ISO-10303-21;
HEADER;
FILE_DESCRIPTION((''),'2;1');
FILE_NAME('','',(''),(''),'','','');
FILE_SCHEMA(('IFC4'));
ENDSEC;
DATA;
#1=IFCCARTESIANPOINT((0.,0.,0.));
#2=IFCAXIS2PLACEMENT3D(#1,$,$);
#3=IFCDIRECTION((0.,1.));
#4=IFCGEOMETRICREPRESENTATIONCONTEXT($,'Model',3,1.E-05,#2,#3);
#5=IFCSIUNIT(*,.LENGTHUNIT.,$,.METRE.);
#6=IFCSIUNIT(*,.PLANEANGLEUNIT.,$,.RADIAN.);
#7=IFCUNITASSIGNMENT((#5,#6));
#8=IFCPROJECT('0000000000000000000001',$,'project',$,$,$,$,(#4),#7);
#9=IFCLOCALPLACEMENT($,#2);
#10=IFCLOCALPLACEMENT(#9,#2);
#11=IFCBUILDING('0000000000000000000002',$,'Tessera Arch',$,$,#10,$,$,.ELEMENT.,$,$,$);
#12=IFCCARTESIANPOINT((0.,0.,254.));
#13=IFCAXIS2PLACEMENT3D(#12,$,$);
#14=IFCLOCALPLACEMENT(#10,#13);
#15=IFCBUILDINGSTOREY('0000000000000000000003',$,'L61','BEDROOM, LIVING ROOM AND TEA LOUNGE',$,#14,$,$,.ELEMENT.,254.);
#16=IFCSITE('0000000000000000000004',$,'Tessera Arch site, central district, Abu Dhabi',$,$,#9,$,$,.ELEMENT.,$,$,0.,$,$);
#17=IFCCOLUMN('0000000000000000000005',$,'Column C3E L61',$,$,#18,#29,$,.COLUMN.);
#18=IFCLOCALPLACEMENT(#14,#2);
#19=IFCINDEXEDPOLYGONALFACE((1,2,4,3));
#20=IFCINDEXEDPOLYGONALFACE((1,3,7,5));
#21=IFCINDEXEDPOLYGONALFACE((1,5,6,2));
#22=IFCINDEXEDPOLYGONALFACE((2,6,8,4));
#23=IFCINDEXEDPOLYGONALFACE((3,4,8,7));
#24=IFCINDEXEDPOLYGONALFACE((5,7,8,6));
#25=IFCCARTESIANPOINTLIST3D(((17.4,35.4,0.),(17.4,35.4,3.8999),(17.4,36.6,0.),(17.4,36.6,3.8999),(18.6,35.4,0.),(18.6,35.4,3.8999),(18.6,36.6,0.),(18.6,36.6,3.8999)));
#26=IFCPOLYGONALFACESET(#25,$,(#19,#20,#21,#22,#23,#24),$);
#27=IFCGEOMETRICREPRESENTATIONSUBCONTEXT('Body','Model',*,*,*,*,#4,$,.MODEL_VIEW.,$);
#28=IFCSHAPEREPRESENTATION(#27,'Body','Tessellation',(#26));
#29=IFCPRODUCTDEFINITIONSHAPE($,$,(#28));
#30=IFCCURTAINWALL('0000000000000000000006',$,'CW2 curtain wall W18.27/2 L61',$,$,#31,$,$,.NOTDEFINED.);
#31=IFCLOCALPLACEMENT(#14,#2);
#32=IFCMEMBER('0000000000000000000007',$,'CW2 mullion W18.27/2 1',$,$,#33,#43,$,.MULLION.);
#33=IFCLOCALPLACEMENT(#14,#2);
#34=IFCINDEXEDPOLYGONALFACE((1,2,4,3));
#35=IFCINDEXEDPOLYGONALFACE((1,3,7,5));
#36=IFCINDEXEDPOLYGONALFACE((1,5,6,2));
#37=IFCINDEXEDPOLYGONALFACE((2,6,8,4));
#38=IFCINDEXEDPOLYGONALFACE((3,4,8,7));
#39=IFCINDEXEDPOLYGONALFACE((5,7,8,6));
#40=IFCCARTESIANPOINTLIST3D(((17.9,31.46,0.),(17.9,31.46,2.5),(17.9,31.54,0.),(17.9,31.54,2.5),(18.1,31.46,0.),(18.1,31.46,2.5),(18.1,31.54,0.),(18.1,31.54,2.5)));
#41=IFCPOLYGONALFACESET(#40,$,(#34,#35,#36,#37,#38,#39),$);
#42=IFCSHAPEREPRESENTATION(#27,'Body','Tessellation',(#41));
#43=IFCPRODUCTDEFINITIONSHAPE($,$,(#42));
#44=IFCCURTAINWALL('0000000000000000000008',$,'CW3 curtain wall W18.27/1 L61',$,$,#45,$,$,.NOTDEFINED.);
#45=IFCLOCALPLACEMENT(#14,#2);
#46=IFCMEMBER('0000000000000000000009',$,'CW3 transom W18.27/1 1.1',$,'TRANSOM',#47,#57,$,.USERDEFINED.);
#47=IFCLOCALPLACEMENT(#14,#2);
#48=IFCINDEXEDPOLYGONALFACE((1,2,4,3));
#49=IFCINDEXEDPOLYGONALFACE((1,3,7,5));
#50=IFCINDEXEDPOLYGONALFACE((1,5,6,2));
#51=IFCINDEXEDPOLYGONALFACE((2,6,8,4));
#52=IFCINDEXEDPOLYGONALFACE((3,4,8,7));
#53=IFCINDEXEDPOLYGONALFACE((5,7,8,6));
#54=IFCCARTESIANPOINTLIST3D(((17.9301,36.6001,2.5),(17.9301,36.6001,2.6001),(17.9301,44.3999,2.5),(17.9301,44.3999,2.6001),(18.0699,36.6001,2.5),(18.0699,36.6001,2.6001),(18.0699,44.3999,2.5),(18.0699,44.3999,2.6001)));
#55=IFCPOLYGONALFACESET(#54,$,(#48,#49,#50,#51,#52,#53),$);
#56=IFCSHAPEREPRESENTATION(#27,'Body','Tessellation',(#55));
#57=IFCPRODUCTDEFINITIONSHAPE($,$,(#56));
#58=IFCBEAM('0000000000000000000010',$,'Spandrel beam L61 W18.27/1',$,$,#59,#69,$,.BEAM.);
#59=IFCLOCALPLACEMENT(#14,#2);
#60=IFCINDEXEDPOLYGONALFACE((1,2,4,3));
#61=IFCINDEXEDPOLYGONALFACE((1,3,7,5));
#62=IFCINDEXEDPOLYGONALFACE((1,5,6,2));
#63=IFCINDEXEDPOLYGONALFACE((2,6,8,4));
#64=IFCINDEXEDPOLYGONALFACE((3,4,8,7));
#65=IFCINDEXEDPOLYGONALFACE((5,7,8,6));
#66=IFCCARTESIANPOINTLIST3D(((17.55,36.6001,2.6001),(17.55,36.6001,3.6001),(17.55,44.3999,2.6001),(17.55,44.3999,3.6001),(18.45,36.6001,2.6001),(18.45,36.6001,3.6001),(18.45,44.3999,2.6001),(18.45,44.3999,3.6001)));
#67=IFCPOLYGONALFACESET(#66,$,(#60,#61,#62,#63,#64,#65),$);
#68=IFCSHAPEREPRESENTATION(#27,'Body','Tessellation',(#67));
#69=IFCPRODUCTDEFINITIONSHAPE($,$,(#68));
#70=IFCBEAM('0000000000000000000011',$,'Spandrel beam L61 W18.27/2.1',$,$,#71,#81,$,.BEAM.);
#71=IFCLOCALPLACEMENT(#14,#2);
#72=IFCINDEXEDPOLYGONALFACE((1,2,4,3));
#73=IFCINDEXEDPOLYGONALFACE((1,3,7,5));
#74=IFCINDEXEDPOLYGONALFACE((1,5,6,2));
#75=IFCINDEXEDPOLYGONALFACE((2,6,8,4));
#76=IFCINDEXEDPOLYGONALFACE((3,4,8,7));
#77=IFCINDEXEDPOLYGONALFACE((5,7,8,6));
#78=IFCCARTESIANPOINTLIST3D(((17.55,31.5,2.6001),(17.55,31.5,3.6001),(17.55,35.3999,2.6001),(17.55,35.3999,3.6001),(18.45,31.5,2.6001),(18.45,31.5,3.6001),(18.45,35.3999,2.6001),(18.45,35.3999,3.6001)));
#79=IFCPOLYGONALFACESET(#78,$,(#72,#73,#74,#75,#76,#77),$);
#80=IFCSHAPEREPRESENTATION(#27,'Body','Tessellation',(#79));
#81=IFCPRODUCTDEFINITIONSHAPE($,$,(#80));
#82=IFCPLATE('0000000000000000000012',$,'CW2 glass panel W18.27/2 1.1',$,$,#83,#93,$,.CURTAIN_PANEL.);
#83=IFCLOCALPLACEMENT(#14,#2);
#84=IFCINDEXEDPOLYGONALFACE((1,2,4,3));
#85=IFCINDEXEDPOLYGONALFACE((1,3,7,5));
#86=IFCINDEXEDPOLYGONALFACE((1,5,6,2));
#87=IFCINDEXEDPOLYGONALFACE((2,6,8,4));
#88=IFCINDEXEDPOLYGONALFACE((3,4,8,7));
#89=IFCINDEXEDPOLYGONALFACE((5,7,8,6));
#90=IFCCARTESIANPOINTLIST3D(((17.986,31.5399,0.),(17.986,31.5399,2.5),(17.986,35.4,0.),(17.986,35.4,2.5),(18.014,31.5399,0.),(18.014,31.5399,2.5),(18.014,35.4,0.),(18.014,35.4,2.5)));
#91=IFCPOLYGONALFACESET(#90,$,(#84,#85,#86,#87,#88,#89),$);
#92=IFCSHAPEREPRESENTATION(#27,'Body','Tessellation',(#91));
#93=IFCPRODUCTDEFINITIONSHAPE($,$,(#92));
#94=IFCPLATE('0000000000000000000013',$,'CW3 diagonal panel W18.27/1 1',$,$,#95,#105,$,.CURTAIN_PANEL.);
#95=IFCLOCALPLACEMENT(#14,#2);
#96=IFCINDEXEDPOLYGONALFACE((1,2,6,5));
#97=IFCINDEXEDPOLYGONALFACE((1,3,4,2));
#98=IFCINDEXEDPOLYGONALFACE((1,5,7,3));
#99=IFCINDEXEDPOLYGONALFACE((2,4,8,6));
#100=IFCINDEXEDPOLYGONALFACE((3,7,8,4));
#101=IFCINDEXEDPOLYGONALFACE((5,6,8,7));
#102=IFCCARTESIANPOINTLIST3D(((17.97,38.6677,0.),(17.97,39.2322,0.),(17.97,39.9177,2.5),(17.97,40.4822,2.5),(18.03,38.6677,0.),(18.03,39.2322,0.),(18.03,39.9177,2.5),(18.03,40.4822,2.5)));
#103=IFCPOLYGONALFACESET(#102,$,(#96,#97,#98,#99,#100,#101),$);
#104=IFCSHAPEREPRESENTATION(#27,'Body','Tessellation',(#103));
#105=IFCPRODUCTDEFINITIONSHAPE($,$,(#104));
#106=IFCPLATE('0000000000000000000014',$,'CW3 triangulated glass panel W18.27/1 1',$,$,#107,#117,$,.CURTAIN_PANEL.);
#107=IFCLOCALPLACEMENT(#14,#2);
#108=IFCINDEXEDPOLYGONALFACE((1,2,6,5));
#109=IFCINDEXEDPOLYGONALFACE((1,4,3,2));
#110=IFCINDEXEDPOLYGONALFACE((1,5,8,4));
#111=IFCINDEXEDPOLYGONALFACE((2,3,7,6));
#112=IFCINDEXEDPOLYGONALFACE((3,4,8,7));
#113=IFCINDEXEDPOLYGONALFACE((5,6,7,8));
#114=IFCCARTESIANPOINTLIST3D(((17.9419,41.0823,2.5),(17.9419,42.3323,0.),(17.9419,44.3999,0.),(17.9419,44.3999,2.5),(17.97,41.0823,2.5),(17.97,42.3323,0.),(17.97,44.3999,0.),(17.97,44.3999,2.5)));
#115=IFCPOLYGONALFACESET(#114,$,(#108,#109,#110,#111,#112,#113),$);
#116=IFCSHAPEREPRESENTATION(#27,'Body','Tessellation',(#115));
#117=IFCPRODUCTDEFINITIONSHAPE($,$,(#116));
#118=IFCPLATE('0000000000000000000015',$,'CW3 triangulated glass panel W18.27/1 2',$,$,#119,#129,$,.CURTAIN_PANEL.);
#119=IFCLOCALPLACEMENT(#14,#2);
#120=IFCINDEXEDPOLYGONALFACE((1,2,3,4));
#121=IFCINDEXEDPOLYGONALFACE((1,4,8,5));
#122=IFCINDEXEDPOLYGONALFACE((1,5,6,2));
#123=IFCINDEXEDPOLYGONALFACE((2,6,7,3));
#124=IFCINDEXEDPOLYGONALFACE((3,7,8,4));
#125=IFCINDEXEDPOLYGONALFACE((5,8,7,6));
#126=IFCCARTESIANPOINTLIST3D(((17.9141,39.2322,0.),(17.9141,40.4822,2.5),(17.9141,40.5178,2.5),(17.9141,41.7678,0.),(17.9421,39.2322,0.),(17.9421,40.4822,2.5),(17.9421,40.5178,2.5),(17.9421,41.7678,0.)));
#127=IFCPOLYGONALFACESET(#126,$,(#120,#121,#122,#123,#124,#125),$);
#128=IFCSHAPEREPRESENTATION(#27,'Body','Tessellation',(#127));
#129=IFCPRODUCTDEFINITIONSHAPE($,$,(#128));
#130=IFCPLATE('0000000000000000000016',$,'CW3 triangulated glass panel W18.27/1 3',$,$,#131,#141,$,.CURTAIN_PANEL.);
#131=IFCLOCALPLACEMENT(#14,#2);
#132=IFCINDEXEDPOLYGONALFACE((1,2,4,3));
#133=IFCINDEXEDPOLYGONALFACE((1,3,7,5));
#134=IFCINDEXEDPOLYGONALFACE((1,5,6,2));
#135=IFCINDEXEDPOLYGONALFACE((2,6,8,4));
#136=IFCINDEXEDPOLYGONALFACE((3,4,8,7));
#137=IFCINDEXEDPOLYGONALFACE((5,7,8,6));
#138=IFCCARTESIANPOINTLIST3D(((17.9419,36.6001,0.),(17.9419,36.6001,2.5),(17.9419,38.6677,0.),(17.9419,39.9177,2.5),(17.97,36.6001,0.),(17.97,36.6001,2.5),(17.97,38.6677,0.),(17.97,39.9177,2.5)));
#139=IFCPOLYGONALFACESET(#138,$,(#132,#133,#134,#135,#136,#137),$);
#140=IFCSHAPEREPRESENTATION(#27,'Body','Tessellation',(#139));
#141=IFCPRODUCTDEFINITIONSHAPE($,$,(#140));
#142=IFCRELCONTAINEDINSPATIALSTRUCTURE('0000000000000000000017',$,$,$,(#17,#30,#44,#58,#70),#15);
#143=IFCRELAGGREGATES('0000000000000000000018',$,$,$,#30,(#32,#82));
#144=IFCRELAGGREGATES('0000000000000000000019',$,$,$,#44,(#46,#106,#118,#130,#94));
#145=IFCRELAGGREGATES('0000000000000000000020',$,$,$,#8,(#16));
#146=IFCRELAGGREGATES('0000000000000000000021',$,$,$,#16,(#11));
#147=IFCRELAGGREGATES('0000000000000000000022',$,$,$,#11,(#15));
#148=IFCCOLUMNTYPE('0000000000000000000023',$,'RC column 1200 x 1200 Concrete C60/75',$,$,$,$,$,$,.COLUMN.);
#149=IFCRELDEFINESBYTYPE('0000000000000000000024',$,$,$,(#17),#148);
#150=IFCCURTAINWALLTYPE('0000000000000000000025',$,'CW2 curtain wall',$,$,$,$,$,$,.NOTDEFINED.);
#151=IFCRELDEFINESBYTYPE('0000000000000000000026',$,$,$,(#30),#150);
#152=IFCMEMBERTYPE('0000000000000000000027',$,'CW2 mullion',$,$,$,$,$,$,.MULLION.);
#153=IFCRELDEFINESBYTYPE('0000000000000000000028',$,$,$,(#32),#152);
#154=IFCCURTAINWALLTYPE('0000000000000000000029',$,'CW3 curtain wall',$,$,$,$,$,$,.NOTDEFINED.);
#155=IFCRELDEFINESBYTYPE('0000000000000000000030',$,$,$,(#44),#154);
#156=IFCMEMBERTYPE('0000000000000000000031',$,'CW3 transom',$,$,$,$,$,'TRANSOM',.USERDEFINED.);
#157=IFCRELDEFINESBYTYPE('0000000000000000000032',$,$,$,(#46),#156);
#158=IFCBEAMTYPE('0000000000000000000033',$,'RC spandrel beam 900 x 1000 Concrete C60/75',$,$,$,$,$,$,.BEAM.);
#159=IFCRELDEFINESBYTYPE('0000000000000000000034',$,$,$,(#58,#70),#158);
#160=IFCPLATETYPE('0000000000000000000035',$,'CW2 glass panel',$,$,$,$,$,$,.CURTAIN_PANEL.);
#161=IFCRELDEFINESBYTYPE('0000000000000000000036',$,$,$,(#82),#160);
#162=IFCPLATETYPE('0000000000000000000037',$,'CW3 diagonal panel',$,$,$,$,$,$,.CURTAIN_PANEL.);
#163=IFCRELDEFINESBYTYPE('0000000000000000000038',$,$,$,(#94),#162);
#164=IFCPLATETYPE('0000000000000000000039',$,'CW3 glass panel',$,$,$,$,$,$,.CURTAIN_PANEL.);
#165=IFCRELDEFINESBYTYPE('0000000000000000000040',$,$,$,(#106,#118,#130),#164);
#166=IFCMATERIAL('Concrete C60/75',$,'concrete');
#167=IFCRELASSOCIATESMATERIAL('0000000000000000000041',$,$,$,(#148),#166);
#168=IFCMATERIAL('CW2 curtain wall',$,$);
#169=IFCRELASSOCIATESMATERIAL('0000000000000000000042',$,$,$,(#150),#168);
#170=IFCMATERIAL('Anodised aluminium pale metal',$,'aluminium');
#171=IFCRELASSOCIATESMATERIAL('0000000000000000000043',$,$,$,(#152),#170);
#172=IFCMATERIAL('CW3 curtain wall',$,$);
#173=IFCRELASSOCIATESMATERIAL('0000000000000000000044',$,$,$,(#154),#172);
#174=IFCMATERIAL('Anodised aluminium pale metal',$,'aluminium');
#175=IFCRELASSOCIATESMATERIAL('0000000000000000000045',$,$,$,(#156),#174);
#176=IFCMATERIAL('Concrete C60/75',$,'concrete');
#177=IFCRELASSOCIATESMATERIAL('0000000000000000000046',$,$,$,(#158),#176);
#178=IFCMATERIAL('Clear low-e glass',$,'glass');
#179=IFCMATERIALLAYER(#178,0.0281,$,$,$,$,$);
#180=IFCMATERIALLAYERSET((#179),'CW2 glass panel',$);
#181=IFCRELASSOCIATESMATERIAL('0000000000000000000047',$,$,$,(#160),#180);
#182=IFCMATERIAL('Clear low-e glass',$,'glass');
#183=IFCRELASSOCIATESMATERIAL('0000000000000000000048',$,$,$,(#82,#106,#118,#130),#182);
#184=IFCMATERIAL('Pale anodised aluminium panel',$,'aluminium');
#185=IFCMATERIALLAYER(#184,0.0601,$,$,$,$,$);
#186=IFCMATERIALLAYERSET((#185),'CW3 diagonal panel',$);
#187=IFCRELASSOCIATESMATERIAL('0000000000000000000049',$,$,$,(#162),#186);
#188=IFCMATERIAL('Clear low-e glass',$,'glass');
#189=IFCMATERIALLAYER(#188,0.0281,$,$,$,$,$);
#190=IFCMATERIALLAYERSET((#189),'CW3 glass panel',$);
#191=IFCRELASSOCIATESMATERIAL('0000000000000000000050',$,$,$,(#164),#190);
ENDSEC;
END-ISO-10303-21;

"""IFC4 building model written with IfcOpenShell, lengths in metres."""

from ifc_helpers import new_model, si_unit, direction, frame, origin, origin_2d, place, context, subcontext, project, spatial, polyline, rectangle, outline, extrude, material, layer, layer_set, material_profile, profile_set, type_object, element, aggregate, save


model = new_model("IFC4")

# Units and contexts
model_context = context("Model", 3, precision=1e-05, world=origin(), true_north=direction((0.0, 1.0)))
body_context = subcontext(model_context, "Body", "Model", "MODEL_VIEW")
ifc_project = project(units=[si_unit("LENGTHUNIT", "METRE"), si_unit("PLANEANGLEUNIT", "RADIAN")], contexts=[model_context])

# Site, building, storey
site_placement = place(None, origin())
site = spatial("IfcSite", under=ifc_project, at=site_placement, Name="Tessera Arch site, central district, Abu Dhabi", CompositionType="ELEMENT", RefElevation=0.0)
building_placement = place(site_placement, origin())
building = spatial("IfcBuilding", under=site, at=building_placement, Name="Tessera Arch", CompositionType="ELEMENT")
storey_placement = place(building_placement, frame((0.0, 0.0, 254.0)))
storey = spatial("IfcBuildingStorey", under=building, at=storey_placement, Name="L61", Description="BEDROOM, LIVING ROOM AND TEA LOUNGE", CompositionType="ELEMENT", Elevation=254.0)

# Column
ifc_material_1 = material(Name="Concrete C60/75", Category="concrete")
ifc_material_profile_1 = material_profile(ifc_material_1, rectangle(XDim=1.2, YDim=1.2, at=origin_2d()), Name="RC column 1200 x 1200 Concrete C60/75")
ifc_profile_set_1 = profile_set([ifc_material_profile_1], Name="Concrete C60/75")
column_type = type_object("IfcColumnType", Name="RC column 1200 x 1200 Concrete C60/75", PredefinedType="COLUMN", material=ifc_profile_set_1)
column_placement = place(storey_placement, frame((18.0, 36.0, 0.0), z_axis=(0.0, 0.0, 1.0), x_axis=(1.0, 0.0, 0.0)))
element("IfcColumn", 1, at=column_placement, inside=storey, type_object=column_type, Name="Column C3E L61", PredefinedType="COLUMN", context=body_context, shape_type="SweptSolid", body=[
    extrude(rectangle(XDim=1.2, YDim=1.2, at=origin_2d()), origin(), (0.0, 0.0, 1.0), 3.8999),
])

# Curtain walls, members
ifc_material_2 = material(Name="CW2 curtain wall")
curtain_wall_type_1 = type_object("IfcCurtainWallType", Name="CW2 curtain wall", PredefinedType="NOTDEFINED", material=ifc_material_2)
curtain_wall_1_placement = place(storey_placement, origin())
curtain_wall_1 = element("IfcCurtainWall", 2, at=curtain_wall_1_placement, inside=storey, type_object=curtain_wall_type_1, Name="CW2 curtain wall W18.27/2 L61", PredefinedType="NOTDEFINED")
ifc_material_3 = material(Name="Anodised aluminium pale metal", Category="aluminium")
ifc_material_profile_2 = material_profile(ifc_material_3, rectangle(XDim=0.2, YDim=0.0801, at=origin_2d()), Name="AL 80x200")
ifc_profile_set_2 = profile_set([ifc_material_profile_2], Name="Anodised aluminium pale metal")
member_type_1 = type_object("IfcMemberType", Name="CW2 mullion", PredefinedType="MULLION", material=ifc_profile_set_2)
member_1_placement = place(storey_placement, frame((18.0, 31.5, 0.0), z_axis=(0.0, 0.0, 1.0), x_axis=(1.0, 0.0, 0.0)))
member_1 = element("IfcMember", 3, at=member_1_placement, type_object=member_type_1, Name="CW2 mullion W18.27/2 1", PredefinedType="MULLION", context=body_context, shape_type="SweptSolid", body=[
    extrude(rectangle(XDim=0.2, YDim=0.0801, at=origin_2d()), origin(), (0.0, 0.0, 1.0), 2.5),
])
ifc_material_4 = material(Name="CW3 curtain wall")
curtain_wall_type_2 = type_object("IfcCurtainWallType", Name="CW3 curtain wall", PredefinedType="NOTDEFINED", material=ifc_material_4)
curtain_wall_2_placement = place(storey_placement, origin())
curtain_wall_2 = element("IfcCurtainWall", 4, at=curtain_wall_2_placement, inside=storey, type_object=curtain_wall_type_2, Name="CW3 curtain wall W18.27/1 L61", PredefinedType="NOTDEFINED")
ifc_material_5 = material(Name="Anodised aluminium pale metal", Category="aluminium")
ifc_material_profile_3 = material_profile(ifc_material_5, rectangle(XDim=0.1399, YDim=0.1001, at=origin_2d()), Name="AL 140x100")
ifc_profile_set_3 = profile_set([ifc_material_profile_3], Name="Anodised aluminium pale metal")
member_type_2 = type_object("IfcMemberType", Name="CW3 transom", ElementType="TRANSOM", PredefinedType="USERDEFINED", material=ifc_profile_set_3)
member_2_placement = place(storey_placement, frame((18.0, 44.3999, 2.55), z_axis=(0.0, -1.0, 0.0), x_axis=(1.0, 0.0, 0.0)))
member_2 = element("IfcMember", 5, at=member_2_placement, type_object=member_type_2, Name="CW3 transom W18.27/1 1.1", ObjectType="TRANSOM", PredefinedType="USERDEFINED", context=body_context, shape_type="SweptSolid", body=[
    extrude(rectangle(XDim=0.1399, YDim=0.1001, at=origin_2d()), origin(), (0.0, 0.0, 1.0), 7.7998),
])

# Beams
ifc_material_6 = material(Name="Concrete C60/75", Category="concrete")
ifc_material_profile_4 = material_profile(ifc_material_6, rectangle(XDim=0.8999, YDim=1.0, at=origin_2d()), Name="RC spandrel beam 900 x 1000 Concrete C60/75")
ifc_profile_set_4 = profile_set([ifc_material_profile_4], Name="Concrete C60/75")
beam_type = type_object("IfcBeamType", Name="RC spandrel beam 900 x 1000 Concrete C60/75", PredefinedType="BEAM", material=ifc_profile_set_4)
beam_1_placement = place(storey_placement, frame((18.0, 44.3999, 3.1001), z_axis=(0.0, -1.0, 0.0), x_axis=(1.0, 0.0, 0.0)))
element("IfcBeam", 6, at=beam_1_placement, inside=storey, type_object=beam_type, Name="Spandrel beam L61 W18.27/1", PredefinedType="BEAM", context=body_context, shape_type="SweptSolid", body=[
    extrude(rectangle(XDim=0.8999, YDim=1.0, at=origin_2d()), origin(), (0.0, 0.0, 1.0), 7.7998),
])
beam_2_placement = place(storey_placement, frame((18.0, 35.3999, 3.1001), z_axis=(0.0, -1.0, 0.0), x_axis=(1.0, 0.0, 0.0)))
element("IfcBeam", 7, at=beam_2_placement, inside=storey, type_object=beam_type, Name="Spandrel beam L61 W18.27/2.1", PredefinedType="BEAM", context=body_context, shape_type="SweptSolid", body=[
    extrude(rectangle(XDim=0.8999, YDim=1.0, at=origin_2d()), origin(), (0.0, 0.0, 1.0), 3.8999),
])

# Plates
ifc_material_7 = material(Name="Clear low-e glass", Category="glass")
ifc_material_8 = material(Name="Clear low-e glass", Category="glass")
ifc_layer_1 = layer(ifc_material_8, 0.0281)
ifc_layer_set_1 = layer_set([ifc_layer_1], Name="CW2 glass panel")
plate_type_1 = type_object("IfcPlateType", Name="CW2 glass panel", PredefinedType="CURTAIN_PANEL", material=ifc_layer_set_1)
plate_1_placement = place(storey_placement, frame((18.0, 33.47, 0.0), z_axis=(0.0, 0.0, 1.0), x_axis=(0.0, -1.0, 0.0)))
plate_1 = element("IfcPlate", 8, at=plate_1_placement, type_object=plate_type_1, material=ifc_material_7, Name="CW2 glass panel W18.27/2 1.1", PredefinedType="CURTAIN_PANEL", context=body_context, shape_type="SweptSolid", body=[
    extrude(rectangle(XDim=3.8601, YDim=0.0281, at=origin_2d()), origin(), (0.0, 0.0, 1.0), 2.5),
])
aggregate(curtain_wall_1, [member_1, plate_1])
ifc_material_9 = material(Name="Pale anodised aluminium panel", Category="aluminium")
ifc_layer_2 = layer(ifc_material_9, 0.0601)
ifc_layer_set_2 = layer_set([ifc_layer_2], Name="CW3 diagonal panel")
plate_type_2 = type_object("IfcPlateType", Name="CW3 diagonal panel", PredefinedType="CURTAIN_PANEL", material=ifc_layer_set_2)
plate_2_placement = place(storey_placement, frame((17.97, 39.9177, 2.5), z_axis=(-1.0, 0.0, 0.0), x_axis=(0.0, 1.0, 0.0)))
plate_2 = element("IfcPlate", 9, at=plate_2_placement, type_object=plate_type_2, Name="CW3 diagonal panel W18.27/1 1", PredefinedType="CURTAIN_PANEL", context=body_context, shape_type="SweptSolid", body=[
    extrude(outline(polyline([(0.0, 0.0), (0.5645, 0.0), (-0.6855, 2.5), (-1.25, 2.5), (0.0, 0.0)])), origin(), (0.0, 0.0, -1.0), 0.0601),
])
ifc_material_10 = material(Name="Clear low-e glass", Category="glass")
ifc_layer_3 = layer(ifc_material_10, 0.0281)
ifc_layer_set_3 = layer_set([ifc_layer_3], Name="CW3 glass panel")
plate_type_3 = type_object("IfcPlateType", Name="CW3 glass panel", PredefinedType="CURTAIN_PANEL", material=ifc_layer_set_3)
plate_3_placement = place(storey_placement, frame((17.9419, 44.3999, 0.0), z_axis=(-1.0, 0.0, 0.0), x_axis=(0.0, -1.0, 0.0)))
plate_3 = element("IfcPlate", 10, at=plate_3_placement, type_object=plate_type_3, material=ifc_material_7, Name="CW3 triangulated glass panel W18.27/1 1", PredefinedType="CURTAIN_PANEL", context=body_context, shape_type="SweptSolid", body=[
    extrude(outline(polyline([(0.0, 0.0), (2.0676, 0.0), (3.3176, 2.5), (0.0, 2.5), (0.0, 0.0)])), origin(), (0.0, 0.0, -1.0), 0.0281),
])
plate_4_placement = place(storey_placement, frame((17.9141, 40.4822, 2.5), z_axis=(-1.0, 0.0, 0.0), x_axis=(0.0, 1.0, 0.0)))
plate_4 = element("IfcPlate", 11, at=plate_4_placement, type_object=plate_type_3, material=ifc_material_7, Name="CW3 triangulated glass panel W18.27/1 2", PredefinedType="CURTAIN_PANEL", context=body_context, shape_type="SweptSolid", body=[
    extrude(outline(polyline([(0.0, 0.0), (0.0356, 0.0), (1.2856, 2.5), (-1.25, 2.5), (0.0, 0.0)])), origin(), (0.0, 0.0, -1.0), 0.0281),
])
plate_5_placement = place(storey_placement, frame((17.9419, 36.6001, 2.5), z_axis=(-1.0, 0.0, 0.0), x_axis=(0.0, 1.0, 0.0)))
plate_5 = element("IfcPlate", 12, at=plate_5_placement, type_object=plate_type_3, material=ifc_material_7, Name="CW3 triangulated glass panel W18.27/1 3", PredefinedType="CURTAIN_PANEL", context=body_context, shape_type="SweptSolid", body=[
    extrude(outline(polyline([(0.0, 0.0), (3.3176, 0.0), (2.0676, 2.5), (0.0, 2.5), (0.0, 0.0)])), origin(), (0.0, 0.0, -1.0), 0.0281),
])
aggregate(curtain_wall_2, [member_2, plate_3, plate_4, plate_5, plate_2])

save(model, "model.ifc")
